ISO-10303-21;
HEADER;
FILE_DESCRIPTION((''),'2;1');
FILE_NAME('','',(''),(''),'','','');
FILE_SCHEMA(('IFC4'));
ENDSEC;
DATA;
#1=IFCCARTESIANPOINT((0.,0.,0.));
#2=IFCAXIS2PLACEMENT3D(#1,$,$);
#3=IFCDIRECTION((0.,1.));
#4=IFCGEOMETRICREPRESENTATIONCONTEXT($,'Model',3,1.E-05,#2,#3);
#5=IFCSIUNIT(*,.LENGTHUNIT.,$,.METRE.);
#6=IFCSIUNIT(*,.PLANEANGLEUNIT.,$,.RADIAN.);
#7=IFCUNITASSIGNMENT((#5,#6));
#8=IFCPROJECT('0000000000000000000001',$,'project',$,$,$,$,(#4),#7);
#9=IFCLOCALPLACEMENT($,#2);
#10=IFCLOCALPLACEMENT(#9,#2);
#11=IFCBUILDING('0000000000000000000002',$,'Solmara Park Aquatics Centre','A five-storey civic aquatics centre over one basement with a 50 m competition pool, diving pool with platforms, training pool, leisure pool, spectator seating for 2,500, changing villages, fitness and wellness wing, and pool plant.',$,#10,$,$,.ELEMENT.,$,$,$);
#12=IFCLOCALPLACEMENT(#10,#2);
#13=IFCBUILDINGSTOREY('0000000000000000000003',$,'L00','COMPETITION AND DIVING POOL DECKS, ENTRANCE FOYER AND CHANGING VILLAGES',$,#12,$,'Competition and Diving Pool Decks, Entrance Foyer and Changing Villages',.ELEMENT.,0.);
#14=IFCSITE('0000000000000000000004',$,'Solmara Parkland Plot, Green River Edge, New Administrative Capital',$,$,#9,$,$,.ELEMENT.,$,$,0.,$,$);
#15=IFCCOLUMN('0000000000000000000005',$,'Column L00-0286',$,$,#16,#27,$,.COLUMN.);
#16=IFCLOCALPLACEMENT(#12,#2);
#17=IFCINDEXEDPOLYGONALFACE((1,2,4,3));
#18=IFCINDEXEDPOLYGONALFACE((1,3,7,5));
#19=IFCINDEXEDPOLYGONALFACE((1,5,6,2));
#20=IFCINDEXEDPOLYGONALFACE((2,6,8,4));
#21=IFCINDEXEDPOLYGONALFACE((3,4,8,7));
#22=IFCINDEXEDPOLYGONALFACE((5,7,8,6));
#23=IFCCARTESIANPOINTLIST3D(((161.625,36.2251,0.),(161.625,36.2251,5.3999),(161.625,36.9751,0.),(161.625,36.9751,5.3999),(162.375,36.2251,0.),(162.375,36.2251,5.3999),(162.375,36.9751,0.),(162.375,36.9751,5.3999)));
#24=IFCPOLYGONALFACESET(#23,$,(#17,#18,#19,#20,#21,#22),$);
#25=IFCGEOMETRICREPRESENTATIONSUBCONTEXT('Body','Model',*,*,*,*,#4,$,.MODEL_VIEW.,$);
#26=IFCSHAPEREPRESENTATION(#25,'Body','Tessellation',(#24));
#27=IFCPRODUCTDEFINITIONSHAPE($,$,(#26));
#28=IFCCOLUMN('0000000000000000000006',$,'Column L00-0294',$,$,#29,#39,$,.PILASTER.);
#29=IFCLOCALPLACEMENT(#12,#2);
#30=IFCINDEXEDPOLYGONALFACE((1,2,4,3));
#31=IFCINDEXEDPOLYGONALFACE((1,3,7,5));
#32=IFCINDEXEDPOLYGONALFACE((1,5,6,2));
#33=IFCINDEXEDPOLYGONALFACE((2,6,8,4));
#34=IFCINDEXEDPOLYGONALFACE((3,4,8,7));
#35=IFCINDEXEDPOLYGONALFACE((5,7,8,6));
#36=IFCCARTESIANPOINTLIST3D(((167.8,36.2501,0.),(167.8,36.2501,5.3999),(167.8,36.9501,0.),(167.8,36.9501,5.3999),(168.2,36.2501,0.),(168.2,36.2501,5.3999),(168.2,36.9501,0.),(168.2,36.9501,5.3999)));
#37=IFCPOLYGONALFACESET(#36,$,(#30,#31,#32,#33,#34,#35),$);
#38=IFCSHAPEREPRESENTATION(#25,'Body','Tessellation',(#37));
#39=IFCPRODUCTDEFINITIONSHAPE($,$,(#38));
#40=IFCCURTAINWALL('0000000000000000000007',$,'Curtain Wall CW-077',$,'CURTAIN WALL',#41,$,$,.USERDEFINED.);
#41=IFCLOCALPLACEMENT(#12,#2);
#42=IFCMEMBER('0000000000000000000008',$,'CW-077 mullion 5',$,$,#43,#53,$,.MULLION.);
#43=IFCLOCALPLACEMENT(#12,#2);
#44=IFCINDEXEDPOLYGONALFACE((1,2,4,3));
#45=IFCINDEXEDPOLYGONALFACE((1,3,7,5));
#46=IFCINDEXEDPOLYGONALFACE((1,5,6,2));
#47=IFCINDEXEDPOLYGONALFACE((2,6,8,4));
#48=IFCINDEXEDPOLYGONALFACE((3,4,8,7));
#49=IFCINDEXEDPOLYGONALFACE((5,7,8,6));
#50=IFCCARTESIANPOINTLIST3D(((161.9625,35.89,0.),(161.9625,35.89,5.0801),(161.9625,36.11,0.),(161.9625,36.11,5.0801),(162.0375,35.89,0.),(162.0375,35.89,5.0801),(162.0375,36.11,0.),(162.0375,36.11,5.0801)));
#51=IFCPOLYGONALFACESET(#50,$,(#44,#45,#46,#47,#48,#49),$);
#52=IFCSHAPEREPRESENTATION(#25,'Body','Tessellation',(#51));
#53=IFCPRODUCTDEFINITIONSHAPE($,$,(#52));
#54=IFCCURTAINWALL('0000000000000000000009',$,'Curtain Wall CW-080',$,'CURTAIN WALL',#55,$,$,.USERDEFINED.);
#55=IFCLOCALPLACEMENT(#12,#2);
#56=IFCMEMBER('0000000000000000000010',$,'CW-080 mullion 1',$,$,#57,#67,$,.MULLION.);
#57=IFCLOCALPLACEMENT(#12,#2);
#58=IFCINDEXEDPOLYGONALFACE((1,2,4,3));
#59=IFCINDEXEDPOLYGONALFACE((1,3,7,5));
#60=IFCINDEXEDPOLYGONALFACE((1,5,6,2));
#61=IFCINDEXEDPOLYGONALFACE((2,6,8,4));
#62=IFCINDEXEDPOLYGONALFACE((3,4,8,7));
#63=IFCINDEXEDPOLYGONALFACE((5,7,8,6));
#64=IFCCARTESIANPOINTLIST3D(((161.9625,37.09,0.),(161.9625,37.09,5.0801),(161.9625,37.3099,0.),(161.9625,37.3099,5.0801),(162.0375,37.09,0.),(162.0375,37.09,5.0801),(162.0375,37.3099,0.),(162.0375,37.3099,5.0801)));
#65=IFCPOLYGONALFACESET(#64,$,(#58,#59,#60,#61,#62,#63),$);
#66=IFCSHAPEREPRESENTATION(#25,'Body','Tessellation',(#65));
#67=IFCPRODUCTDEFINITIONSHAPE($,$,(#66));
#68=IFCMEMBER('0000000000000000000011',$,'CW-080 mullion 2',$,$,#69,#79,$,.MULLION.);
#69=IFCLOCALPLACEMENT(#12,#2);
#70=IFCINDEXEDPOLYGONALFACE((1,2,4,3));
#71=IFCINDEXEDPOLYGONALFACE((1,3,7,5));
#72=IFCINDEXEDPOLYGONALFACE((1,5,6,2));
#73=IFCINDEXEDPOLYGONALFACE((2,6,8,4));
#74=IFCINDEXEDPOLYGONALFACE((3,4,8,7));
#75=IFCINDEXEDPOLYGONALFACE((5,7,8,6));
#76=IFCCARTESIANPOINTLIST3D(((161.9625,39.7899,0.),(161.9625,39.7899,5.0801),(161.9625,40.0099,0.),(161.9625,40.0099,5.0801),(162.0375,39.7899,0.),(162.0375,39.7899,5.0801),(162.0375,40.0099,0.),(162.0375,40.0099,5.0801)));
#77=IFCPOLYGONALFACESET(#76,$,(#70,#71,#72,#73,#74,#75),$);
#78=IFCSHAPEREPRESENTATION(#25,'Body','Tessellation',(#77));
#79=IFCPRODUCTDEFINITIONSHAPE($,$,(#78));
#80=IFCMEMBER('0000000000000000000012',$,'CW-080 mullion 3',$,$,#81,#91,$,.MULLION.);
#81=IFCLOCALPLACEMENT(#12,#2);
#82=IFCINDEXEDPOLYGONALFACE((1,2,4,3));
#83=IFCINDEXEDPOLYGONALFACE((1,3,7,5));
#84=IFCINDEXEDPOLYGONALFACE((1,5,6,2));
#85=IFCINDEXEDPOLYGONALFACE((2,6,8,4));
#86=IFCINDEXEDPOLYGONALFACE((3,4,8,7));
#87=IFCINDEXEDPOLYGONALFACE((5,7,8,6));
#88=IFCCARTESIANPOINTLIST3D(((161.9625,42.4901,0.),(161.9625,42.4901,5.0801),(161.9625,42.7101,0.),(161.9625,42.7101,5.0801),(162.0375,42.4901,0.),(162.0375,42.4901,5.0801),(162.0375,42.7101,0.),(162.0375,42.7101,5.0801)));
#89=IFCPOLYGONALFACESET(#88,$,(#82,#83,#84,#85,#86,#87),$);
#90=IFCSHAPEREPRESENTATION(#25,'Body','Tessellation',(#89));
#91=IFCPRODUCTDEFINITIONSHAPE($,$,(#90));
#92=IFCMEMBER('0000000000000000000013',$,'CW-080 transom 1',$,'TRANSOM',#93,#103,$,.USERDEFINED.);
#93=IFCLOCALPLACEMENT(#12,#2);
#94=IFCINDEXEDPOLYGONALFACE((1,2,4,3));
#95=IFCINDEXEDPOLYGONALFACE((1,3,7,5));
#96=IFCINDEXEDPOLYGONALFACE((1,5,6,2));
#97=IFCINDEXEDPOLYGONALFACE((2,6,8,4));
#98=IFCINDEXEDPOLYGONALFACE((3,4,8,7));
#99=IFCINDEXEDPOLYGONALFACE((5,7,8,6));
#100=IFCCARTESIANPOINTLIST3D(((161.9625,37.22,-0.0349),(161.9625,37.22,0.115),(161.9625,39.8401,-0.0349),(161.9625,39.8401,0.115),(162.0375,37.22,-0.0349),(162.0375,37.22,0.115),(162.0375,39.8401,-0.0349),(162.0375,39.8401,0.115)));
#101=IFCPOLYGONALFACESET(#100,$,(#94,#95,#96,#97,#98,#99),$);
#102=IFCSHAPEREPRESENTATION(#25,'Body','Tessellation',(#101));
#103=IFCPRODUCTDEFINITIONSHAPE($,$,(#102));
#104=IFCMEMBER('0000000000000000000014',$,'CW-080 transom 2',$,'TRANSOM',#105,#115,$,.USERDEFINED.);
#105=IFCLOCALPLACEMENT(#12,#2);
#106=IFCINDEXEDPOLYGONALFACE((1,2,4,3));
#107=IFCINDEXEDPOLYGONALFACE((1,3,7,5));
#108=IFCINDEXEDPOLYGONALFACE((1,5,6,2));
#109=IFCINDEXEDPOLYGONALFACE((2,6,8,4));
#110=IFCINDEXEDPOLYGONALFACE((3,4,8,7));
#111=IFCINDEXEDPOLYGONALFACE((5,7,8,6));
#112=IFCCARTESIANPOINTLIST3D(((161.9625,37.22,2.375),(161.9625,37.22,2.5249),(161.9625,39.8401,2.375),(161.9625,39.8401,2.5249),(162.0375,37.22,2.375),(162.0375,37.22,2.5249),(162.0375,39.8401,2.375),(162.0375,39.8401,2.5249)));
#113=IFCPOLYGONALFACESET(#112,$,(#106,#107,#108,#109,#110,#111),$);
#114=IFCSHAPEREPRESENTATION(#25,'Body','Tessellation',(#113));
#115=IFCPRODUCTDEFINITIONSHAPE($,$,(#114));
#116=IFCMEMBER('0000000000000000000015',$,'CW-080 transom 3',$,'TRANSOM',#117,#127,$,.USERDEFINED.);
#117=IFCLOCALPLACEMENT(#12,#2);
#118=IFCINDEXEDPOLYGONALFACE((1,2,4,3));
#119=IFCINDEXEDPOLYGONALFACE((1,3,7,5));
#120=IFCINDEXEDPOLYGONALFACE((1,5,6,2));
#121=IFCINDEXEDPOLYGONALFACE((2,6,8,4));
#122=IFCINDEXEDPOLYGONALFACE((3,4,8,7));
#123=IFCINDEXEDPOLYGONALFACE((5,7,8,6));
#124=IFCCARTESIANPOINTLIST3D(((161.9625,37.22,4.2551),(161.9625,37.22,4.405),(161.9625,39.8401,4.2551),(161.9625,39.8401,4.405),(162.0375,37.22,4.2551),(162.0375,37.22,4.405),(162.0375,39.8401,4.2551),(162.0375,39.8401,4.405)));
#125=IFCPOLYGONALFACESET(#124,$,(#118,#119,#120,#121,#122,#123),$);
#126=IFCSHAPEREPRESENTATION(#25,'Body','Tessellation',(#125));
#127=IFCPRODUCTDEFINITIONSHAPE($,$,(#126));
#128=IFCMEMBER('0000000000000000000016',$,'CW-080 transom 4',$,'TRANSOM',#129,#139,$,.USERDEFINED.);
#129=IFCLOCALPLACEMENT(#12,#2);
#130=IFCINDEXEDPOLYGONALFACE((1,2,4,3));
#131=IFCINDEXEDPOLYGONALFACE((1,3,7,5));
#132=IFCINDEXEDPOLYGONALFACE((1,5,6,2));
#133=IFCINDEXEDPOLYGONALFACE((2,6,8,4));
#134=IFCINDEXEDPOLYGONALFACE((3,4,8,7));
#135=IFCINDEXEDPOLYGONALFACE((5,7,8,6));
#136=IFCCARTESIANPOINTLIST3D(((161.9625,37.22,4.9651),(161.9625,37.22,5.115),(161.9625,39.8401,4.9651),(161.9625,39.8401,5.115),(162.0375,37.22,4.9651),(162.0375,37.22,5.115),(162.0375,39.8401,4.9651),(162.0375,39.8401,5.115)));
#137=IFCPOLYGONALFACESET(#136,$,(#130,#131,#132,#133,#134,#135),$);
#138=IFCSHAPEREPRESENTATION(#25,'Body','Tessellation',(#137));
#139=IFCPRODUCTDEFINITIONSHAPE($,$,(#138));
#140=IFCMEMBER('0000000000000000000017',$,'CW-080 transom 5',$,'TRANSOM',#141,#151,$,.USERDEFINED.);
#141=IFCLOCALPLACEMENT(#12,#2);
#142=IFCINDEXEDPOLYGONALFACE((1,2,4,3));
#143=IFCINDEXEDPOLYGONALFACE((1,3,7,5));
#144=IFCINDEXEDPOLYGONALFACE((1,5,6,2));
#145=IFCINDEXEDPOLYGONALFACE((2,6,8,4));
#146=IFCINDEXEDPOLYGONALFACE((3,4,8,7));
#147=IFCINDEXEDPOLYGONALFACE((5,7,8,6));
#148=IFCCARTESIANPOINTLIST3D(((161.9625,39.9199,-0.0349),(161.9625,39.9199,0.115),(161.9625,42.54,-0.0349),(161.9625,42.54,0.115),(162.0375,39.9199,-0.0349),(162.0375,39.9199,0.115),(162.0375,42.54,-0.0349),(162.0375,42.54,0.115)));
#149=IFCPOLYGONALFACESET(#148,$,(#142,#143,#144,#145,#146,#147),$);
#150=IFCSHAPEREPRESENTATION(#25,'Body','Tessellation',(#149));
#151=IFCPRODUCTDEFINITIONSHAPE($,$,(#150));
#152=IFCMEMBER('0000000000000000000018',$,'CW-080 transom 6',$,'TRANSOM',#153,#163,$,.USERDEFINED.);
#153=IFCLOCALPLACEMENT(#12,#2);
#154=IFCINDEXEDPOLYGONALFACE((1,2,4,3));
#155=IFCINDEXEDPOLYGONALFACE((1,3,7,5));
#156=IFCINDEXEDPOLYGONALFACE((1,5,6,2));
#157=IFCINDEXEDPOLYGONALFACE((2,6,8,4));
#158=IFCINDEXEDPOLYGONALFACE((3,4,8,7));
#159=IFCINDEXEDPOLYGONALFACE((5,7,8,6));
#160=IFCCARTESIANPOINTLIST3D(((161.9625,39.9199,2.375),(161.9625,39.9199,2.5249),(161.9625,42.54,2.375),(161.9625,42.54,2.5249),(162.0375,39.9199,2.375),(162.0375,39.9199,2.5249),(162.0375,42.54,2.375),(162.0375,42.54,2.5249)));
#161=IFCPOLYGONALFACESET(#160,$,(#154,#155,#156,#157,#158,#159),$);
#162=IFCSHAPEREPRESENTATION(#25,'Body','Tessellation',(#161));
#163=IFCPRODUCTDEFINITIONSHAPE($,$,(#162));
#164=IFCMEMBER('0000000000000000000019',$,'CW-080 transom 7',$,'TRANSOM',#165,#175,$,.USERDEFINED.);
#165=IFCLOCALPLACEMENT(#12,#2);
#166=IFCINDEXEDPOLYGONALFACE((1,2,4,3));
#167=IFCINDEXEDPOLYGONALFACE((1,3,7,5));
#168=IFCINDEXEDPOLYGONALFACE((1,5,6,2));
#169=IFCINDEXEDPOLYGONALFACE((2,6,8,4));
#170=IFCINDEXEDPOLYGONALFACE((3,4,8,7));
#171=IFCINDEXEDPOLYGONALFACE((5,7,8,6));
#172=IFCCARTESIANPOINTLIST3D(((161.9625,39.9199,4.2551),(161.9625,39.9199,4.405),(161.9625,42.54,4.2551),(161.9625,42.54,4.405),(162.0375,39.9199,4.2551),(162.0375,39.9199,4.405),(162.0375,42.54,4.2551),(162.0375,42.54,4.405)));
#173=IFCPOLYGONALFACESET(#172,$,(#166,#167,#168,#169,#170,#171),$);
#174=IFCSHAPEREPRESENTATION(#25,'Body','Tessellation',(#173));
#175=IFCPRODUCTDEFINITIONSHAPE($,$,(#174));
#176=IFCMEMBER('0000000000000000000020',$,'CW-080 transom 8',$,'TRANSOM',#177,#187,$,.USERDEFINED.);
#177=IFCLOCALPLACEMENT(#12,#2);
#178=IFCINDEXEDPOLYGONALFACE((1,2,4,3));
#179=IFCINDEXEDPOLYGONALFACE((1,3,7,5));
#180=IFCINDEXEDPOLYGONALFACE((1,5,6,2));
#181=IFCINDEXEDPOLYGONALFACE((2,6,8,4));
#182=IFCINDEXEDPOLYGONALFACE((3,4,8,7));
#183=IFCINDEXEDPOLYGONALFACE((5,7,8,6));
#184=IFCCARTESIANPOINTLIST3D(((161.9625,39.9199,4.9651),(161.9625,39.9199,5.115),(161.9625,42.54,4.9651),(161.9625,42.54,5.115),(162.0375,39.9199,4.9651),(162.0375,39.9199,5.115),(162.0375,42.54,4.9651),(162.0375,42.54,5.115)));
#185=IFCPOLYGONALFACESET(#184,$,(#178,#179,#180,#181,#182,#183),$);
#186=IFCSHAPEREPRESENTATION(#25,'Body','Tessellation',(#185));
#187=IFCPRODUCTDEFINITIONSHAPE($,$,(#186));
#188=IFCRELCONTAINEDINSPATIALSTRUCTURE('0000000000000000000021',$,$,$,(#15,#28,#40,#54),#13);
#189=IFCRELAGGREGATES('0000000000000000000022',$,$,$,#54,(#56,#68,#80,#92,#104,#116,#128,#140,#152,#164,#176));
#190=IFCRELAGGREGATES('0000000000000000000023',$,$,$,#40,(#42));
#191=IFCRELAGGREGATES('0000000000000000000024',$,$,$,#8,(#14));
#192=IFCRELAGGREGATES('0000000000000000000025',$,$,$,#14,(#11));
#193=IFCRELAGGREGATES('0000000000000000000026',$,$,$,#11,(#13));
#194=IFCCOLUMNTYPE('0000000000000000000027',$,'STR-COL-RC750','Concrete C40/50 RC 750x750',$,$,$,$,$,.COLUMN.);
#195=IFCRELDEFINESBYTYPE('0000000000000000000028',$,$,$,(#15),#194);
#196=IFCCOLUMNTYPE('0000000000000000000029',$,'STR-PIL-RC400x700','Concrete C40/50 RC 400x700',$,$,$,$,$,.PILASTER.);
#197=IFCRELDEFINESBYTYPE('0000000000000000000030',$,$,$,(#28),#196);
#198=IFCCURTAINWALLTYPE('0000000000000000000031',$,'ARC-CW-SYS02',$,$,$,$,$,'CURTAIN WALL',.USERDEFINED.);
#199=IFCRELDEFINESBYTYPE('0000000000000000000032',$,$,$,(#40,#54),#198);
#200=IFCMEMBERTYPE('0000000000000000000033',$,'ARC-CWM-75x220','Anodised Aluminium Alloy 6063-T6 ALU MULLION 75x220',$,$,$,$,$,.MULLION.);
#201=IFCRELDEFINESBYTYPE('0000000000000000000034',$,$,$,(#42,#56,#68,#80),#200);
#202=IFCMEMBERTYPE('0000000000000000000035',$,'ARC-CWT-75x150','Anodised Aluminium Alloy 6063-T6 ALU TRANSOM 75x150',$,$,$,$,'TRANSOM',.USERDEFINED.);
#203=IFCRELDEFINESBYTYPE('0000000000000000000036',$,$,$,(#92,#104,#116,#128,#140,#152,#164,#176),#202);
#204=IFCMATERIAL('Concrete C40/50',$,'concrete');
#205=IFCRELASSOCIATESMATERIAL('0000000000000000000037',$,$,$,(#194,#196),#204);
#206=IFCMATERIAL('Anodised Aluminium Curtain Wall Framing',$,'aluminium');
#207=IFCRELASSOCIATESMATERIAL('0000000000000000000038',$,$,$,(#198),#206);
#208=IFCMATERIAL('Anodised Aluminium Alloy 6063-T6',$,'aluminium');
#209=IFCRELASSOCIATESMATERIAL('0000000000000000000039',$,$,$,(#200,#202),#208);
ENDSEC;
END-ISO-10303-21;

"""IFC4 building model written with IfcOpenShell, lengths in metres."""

from ifc_helpers import new_model, si_unit, direction, frame, origin, origin_2d, place, context, subcontext, project, spatial, rectangle, extrude, material, material_profile, profile_set, type_object, element, aggregate, save


model = new_model("IFC4")

# Units and contexts
model_context = context("Model", 3, precision=1e-05, world=origin(), true_north=direction((0.0, 1.0)))
body_context = subcontext(model_context, "Body", "Model", "MODEL_VIEW")
ifc_project = project(units=[si_unit("LENGTHUNIT", "METRE"), si_unit("PLANEANGLEUNIT", "RADIAN")], contexts=[model_context])

# Site, building, storey
site_placement = place(None, origin())
site = spatial("IfcSite", under=ifc_project, at=site_placement, Name="Solmara Parkland Plot, Green River Edge, New Administrative Capital", CompositionType="ELEMENT", RefElevation=0.0)
building_placement = place(site_placement, origin())
building = spatial("IfcBuilding", under=site, at=building_placement, Name="Solmara Park Aquatics Centre", Description="A five-storey civic aquatics centre over one basement with a 50 m competition pool, diving pool with platforms, training pool, leisure pool, spectator seating for 2,500, changing villages, fitness and wellness wing, and pool plant.", CompositionType="ELEMENT")
storey_placement = place(building_placement, origin())
storey = spatial("IfcBuildingStorey", under=building, at=storey_placement, Name="L00", Description="COMPETITION AND DIVING POOL DECKS, ENTRANCE FOYER AND CHANGING VILLAGES", LongName="Competition and Diving Pool Decks, Entrance Foyer and Changing Villages", CompositionType="ELEMENT", Elevation=0.0)

# Columns
ifc_material_1 = material(Name="Concrete C40/50", Category="concrete")
ifc_material_profile_1 = material_profile(ifc_material_1, rectangle(XDim=0.75, YDim=0.75, at=origin_2d()), Name="RC 750x750")
ifc_profile_set_1 = profile_set([ifc_material_profile_1], Name="Concrete C40/50")
column_type_1 = type_object("IfcColumnType", Name="STR-COL-RC750", Description="Concrete C40/50 RC 750x750", PredefinedType="COLUMN", material=ifc_profile_set_1)
column_1_placement = place(storey_placement, frame((162.0, 36.6001, 0.0), z_axis=(0.0, 0.0, 1.0), x_axis=(1.0, 0.0, 0.0)))
element("IfcColumn", 1, at=column_1_placement, inside=storey, type_object=column_type_1, Name="Column L00-0286", PredefinedType="COLUMN", context=body_context, shape_type="SweptSolid", body=[
    extrude(rectangle(XDim=0.75, YDim=0.75, at=origin_2d()), origin(), (0.0, 0.0, 1.0), 5.3999),
])
ifc_material_profile_2 = material_profile(ifc_material_1, rectangle(XDim=0.3999, YDim=0.7, at=origin_2d()), Name="RC 400x700")
ifc_profile_set_2 = profile_set([ifc_material_profile_2], Name="Concrete C40/50")
column_type_2 = type_object("IfcColumnType", Name="STR-PIL-RC400x700", Description="Concrete C40/50 RC 400x700", PredefinedType="PILASTER", material=ifc_profile_set_2)
column_2_placement = place(storey_placement, frame((168.0, 36.6001, 0.0), z_axis=(0.0, 0.0, 1.0), x_axis=(1.0, 0.0, 0.0)))
element("IfcColumn", 2, at=column_2_placement, inside=storey, type_object=column_type_2, Name="Column L00-0294", PredefinedType="PILASTER", context=body_context, shape_type="SweptSolid", body=[
    extrude(rectangle(XDim=0.3999, YDim=0.7, at=origin_2d()), origin(), (0.0, 0.0, 1.0), 5.3999),
])

# Curtain wall, member
ifc_material_2 = material(Name="Anodised Aluminium Curtain Wall Framing", Category="aluminium")
curtain_wall_type = type_object("IfcCurtainWallType", Name="ARC-CW-SYS02", ElementType="CURTAIN WALL", PredefinedType="USERDEFINED", material=ifc_material_2)
curtain_wall_1_placement = place(storey_placement, origin())
curtain_wall_1 = element("IfcCurtainWall", 3, at=curtain_wall_1_placement, inside=storey, type_object=curtain_wall_type, Name="Curtain Wall CW-077", ObjectType="CURTAIN WALL", PredefinedType="USERDEFINED")
ifc_material_3 = material(Name="Anodised Aluminium Alloy 6063-T6", Category="aluminium")
ifc_material_profile_3 = material_profile(ifc_material_3, rectangle(XDim=0.075, YDim=0.22, at=origin_2d()), Name="ALU MULLION 75x220")
ifc_profile_set_3 = profile_set([ifc_material_profile_3], Name="Anodised Aluminium Alloy 6063-T6")
member_type_1 = type_object("IfcMemberType", Name="ARC-CWM-75x220", Description="Anodised Aluminium Alloy 6063-T6 ALU MULLION 75x220", PredefinedType="MULLION", material=ifc_profile_set_3)
member_1_placement = place(storey_placement, frame((162.0, 36.0, 0.0), z_axis=(0.0, 0.0, 1.0), x_axis=(1.0, 0.0, 0.0)))
member_1 = element("IfcMember", 4, at=member_1_placement, type_object=member_type_1, Name="CW-077 mullion 5", PredefinedType="MULLION", context=body_context, shape_type="SweptSolid", body=[
    extrude(rectangle(XDim=0.075, YDim=0.22, at=origin_2d()), origin(), (0.0, 0.0, 1.0), 5.0801),
])

# Curtain wall, members
curtain_wall_2_placement = place(storey_placement, origin())
curtain_wall_2 = element("IfcCurtainWall", 5, at=curtain_wall_2_placement, inside=storey, type_object=curtain_wall_type, Name="Curtain Wall CW-080", ObjectType="CURTAIN WALL", PredefinedType="USERDEFINED")
member_2_placement = place(storey_placement, frame((162.0, 37.2, 0.0), z_axis=(0.0, 0.0, 1.0), x_axis=(1.0, 0.0, 0.0)))
member_2 = element("IfcMember", 6, at=member_2_placement, type_object=member_type_1, Name="CW-080 mullion 1", PredefinedType="MULLION", context=body_context, shape_type="SweptSolid", body=[
    extrude(rectangle(XDim=0.075, YDim=0.22, at=origin_2d()), origin(), (0.0, 0.0, 1.0), 5.0801),
])
member_3_placement = place(storey_placement, frame((162.0, 39.8999, 0.0), z_axis=(0.0, 0.0, 1.0), x_axis=(1.0, 0.0, 0.0)))
member_3 = element("IfcMember", 7, at=member_3_placement, type_object=member_type_1, Name="CW-080 mullion 2", PredefinedType="MULLION", context=body_context, shape_type="SweptSolid", body=[
    extrude(rectangle(XDim=0.075, YDim=0.22, at=origin_2d()), origin(), (0.0, 0.0, 1.0), 5.0801),
])
member_4_placement = place(storey_placement, frame((162.0, 42.6001, 0.0), z_axis=(0.0, 0.0, 1.0), x_axis=(1.0, 0.0, 0.0)))
member_4 = element("IfcMember", 8, at=member_4_placement, type_object=member_type_1, Name="CW-080 mullion 3", PredefinedType="MULLION", context=body_context, shape_type="SweptSolid", body=[
    extrude(rectangle(XDim=0.075, YDim=0.22, at=origin_2d()), origin(), (0.0, 0.0, 1.0), 5.0801),
])
ifc_material_profile_4 = material_profile(ifc_material_3, rectangle(XDim=0.075, YDim=0.1499, at=origin_2d()), Name="ALU TRANSOM 75x150")
ifc_profile_set_4 = profile_set([ifc_material_profile_4], Name="Anodised Aluminium Alloy 6063-T6")
member_type_2 = type_object("IfcMemberType", Name="ARC-CWT-75x150", Description="Anodised Aluminium Alloy 6063-T6 ALU TRANSOM 75x150", ElementType="TRANSOM", PredefinedType="USERDEFINED", material=ifc_profile_set_4)
member_5_placement = place(storey_placement, frame((162.0, 37.22, 0.04), z_axis=(0.0, 1.0, 0.0), x_axis=(-1.0, 0.0, 0.0)))
member_5 = element("IfcMember", 9, at=member_5_placement, type_object=member_type_2, Name="CW-080 transom 1", ObjectType="TRANSOM", PredefinedType="USERDEFINED", context=body_context, shape_type="SweptSolid", body=[
    extrude(rectangle(XDim=0.075, YDim=0.1499, at=origin_2d()), origin(), (0.0, 0.0, 1.0), 2.6201),
])
member_6_placement = place(storey_placement, frame((162.0, 37.22, 2.45), z_axis=(0.0, 1.0, 0.0), x_axis=(-1.0, 0.0, 0.0)))
member_6 = element("IfcMember", 10, at=member_6_placement, type_object=member_type_2, Name="CW-080 transom 2", ObjectType="TRANSOM", PredefinedType="USERDEFINED", context=body_context, shape_type="SweptSolid", body=[
    extrude(rectangle(XDim=0.075, YDim=0.1499, at=origin_2d()), origin(), (0.0, 0.0, 1.0), 2.6201),
])
member_7_placement = place(storey_placement, frame((162.0, 37.22, 4.3301), z_axis=(0.0, 1.0, 0.0), x_axis=(-1.0, 0.0, 0.0)))
member_7 = element("IfcMember", 11, at=member_7_placement, type_object=member_type_2, Name="CW-080 transom 3", ObjectType="TRANSOM", PredefinedType="USERDEFINED", context=body_context, shape_type="SweptSolid", body=[
    extrude(rectangle(XDim=0.075, YDim=0.1499, at=origin_2d()), origin(), (0.0, 0.0, 1.0), 2.6201),
])
member_8_placement = place(storey_placement, frame((162.0, 37.22, 5.04), z_axis=(0.0, 1.0, 0.0), x_axis=(-1.0, 0.0, 0.0)))
member_8 = element("IfcMember", 12, at=member_8_placement, type_object=member_type_2, Name="CW-080 transom 4", ObjectType="TRANSOM", PredefinedType="USERDEFINED", context=body_context, shape_type="SweptSolid", body=[
    extrude(rectangle(XDim=0.075, YDim=0.1499, at=origin_2d()), origin(), (0.0, 0.0, 1.0), 2.6201),
])
member_9_placement = place(storey_placement, frame((162.0, 39.9199, 0.04), z_axis=(0.0, 1.0, 0.0), x_axis=(-1.0, 0.0, 0.0)))
member_9 = element("IfcMember", 13, at=member_9_placement, type_object=member_type_2, Name="CW-080 transom 5", ObjectType="TRANSOM", PredefinedType="USERDEFINED", context=body_context, shape_type="SweptSolid", body=[
    extrude(rectangle(XDim=0.075, YDim=0.1499, at=origin_2d()), origin(), (0.0, 0.0, 1.0), 2.6201),
])
member_10_placement = place(storey_placement, frame((162.0, 39.9199, 2.45), z_axis=(0.0, 1.0, 0.0), x_axis=(-1.0, 0.0, 0.0)))
member_10 = element("IfcMember", 14, at=member_10_placement, type_object=member_type_2, Name="CW-080 transom 6", ObjectType="TRANSOM", PredefinedType="USERDEFINED", context=body_context, shape_type="SweptSolid", body=[
    extrude(rectangle(XDim=0.075, YDim=0.1499, at=origin_2d()), origin(), (0.0, 0.0, 1.0), 2.6201),
])
member_11_placement = place(storey_placement, frame((162.0, 39.9199, 4.3301), z_axis=(0.0, 1.0, 0.0), x_axis=(-1.0, 0.0, 0.0)))
member_11 = element("IfcMember", 15, at=member_11_placement, type_object=member_type_2, Name="CW-080 transom 7", ObjectType="TRANSOM", PredefinedType="USERDEFINED", context=body_context, shape_type="SweptSolid", body=[
    extrude(rectangle(XDim=0.075, YDim=0.1499, at=origin_2d()), origin(), (0.0, 0.0, 1.0), 2.6201),
])
member_12_placement = place(storey_placement, frame((162.0, 39.9199, 5.04), z_axis=(0.0, 1.0, 0.0), x_axis=(-1.0, 0.0, 0.0)))
member_12 = element("IfcMember", 16, at=member_12_placement, type_object=member_type_2, Name="CW-080 transom 8", ObjectType="TRANSOM", PredefinedType="USERDEFINED", context=body_context, shape_type="SweptSolid", body=[
    extrude(rectangle(XDim=0.075, YDim=0.1499, at=origin_2d()), origin(), (0.0, 0.0, 1.0), 2.6201),
])

aggregate(curtain_wall_2, [member_2, member_3, member_4, member_5, member_6, member_7, member_8, member_9, member_10, member_11, member_12])
aggregate(curtain_wall_1, [member_1])

save(model, "model.ifc")
